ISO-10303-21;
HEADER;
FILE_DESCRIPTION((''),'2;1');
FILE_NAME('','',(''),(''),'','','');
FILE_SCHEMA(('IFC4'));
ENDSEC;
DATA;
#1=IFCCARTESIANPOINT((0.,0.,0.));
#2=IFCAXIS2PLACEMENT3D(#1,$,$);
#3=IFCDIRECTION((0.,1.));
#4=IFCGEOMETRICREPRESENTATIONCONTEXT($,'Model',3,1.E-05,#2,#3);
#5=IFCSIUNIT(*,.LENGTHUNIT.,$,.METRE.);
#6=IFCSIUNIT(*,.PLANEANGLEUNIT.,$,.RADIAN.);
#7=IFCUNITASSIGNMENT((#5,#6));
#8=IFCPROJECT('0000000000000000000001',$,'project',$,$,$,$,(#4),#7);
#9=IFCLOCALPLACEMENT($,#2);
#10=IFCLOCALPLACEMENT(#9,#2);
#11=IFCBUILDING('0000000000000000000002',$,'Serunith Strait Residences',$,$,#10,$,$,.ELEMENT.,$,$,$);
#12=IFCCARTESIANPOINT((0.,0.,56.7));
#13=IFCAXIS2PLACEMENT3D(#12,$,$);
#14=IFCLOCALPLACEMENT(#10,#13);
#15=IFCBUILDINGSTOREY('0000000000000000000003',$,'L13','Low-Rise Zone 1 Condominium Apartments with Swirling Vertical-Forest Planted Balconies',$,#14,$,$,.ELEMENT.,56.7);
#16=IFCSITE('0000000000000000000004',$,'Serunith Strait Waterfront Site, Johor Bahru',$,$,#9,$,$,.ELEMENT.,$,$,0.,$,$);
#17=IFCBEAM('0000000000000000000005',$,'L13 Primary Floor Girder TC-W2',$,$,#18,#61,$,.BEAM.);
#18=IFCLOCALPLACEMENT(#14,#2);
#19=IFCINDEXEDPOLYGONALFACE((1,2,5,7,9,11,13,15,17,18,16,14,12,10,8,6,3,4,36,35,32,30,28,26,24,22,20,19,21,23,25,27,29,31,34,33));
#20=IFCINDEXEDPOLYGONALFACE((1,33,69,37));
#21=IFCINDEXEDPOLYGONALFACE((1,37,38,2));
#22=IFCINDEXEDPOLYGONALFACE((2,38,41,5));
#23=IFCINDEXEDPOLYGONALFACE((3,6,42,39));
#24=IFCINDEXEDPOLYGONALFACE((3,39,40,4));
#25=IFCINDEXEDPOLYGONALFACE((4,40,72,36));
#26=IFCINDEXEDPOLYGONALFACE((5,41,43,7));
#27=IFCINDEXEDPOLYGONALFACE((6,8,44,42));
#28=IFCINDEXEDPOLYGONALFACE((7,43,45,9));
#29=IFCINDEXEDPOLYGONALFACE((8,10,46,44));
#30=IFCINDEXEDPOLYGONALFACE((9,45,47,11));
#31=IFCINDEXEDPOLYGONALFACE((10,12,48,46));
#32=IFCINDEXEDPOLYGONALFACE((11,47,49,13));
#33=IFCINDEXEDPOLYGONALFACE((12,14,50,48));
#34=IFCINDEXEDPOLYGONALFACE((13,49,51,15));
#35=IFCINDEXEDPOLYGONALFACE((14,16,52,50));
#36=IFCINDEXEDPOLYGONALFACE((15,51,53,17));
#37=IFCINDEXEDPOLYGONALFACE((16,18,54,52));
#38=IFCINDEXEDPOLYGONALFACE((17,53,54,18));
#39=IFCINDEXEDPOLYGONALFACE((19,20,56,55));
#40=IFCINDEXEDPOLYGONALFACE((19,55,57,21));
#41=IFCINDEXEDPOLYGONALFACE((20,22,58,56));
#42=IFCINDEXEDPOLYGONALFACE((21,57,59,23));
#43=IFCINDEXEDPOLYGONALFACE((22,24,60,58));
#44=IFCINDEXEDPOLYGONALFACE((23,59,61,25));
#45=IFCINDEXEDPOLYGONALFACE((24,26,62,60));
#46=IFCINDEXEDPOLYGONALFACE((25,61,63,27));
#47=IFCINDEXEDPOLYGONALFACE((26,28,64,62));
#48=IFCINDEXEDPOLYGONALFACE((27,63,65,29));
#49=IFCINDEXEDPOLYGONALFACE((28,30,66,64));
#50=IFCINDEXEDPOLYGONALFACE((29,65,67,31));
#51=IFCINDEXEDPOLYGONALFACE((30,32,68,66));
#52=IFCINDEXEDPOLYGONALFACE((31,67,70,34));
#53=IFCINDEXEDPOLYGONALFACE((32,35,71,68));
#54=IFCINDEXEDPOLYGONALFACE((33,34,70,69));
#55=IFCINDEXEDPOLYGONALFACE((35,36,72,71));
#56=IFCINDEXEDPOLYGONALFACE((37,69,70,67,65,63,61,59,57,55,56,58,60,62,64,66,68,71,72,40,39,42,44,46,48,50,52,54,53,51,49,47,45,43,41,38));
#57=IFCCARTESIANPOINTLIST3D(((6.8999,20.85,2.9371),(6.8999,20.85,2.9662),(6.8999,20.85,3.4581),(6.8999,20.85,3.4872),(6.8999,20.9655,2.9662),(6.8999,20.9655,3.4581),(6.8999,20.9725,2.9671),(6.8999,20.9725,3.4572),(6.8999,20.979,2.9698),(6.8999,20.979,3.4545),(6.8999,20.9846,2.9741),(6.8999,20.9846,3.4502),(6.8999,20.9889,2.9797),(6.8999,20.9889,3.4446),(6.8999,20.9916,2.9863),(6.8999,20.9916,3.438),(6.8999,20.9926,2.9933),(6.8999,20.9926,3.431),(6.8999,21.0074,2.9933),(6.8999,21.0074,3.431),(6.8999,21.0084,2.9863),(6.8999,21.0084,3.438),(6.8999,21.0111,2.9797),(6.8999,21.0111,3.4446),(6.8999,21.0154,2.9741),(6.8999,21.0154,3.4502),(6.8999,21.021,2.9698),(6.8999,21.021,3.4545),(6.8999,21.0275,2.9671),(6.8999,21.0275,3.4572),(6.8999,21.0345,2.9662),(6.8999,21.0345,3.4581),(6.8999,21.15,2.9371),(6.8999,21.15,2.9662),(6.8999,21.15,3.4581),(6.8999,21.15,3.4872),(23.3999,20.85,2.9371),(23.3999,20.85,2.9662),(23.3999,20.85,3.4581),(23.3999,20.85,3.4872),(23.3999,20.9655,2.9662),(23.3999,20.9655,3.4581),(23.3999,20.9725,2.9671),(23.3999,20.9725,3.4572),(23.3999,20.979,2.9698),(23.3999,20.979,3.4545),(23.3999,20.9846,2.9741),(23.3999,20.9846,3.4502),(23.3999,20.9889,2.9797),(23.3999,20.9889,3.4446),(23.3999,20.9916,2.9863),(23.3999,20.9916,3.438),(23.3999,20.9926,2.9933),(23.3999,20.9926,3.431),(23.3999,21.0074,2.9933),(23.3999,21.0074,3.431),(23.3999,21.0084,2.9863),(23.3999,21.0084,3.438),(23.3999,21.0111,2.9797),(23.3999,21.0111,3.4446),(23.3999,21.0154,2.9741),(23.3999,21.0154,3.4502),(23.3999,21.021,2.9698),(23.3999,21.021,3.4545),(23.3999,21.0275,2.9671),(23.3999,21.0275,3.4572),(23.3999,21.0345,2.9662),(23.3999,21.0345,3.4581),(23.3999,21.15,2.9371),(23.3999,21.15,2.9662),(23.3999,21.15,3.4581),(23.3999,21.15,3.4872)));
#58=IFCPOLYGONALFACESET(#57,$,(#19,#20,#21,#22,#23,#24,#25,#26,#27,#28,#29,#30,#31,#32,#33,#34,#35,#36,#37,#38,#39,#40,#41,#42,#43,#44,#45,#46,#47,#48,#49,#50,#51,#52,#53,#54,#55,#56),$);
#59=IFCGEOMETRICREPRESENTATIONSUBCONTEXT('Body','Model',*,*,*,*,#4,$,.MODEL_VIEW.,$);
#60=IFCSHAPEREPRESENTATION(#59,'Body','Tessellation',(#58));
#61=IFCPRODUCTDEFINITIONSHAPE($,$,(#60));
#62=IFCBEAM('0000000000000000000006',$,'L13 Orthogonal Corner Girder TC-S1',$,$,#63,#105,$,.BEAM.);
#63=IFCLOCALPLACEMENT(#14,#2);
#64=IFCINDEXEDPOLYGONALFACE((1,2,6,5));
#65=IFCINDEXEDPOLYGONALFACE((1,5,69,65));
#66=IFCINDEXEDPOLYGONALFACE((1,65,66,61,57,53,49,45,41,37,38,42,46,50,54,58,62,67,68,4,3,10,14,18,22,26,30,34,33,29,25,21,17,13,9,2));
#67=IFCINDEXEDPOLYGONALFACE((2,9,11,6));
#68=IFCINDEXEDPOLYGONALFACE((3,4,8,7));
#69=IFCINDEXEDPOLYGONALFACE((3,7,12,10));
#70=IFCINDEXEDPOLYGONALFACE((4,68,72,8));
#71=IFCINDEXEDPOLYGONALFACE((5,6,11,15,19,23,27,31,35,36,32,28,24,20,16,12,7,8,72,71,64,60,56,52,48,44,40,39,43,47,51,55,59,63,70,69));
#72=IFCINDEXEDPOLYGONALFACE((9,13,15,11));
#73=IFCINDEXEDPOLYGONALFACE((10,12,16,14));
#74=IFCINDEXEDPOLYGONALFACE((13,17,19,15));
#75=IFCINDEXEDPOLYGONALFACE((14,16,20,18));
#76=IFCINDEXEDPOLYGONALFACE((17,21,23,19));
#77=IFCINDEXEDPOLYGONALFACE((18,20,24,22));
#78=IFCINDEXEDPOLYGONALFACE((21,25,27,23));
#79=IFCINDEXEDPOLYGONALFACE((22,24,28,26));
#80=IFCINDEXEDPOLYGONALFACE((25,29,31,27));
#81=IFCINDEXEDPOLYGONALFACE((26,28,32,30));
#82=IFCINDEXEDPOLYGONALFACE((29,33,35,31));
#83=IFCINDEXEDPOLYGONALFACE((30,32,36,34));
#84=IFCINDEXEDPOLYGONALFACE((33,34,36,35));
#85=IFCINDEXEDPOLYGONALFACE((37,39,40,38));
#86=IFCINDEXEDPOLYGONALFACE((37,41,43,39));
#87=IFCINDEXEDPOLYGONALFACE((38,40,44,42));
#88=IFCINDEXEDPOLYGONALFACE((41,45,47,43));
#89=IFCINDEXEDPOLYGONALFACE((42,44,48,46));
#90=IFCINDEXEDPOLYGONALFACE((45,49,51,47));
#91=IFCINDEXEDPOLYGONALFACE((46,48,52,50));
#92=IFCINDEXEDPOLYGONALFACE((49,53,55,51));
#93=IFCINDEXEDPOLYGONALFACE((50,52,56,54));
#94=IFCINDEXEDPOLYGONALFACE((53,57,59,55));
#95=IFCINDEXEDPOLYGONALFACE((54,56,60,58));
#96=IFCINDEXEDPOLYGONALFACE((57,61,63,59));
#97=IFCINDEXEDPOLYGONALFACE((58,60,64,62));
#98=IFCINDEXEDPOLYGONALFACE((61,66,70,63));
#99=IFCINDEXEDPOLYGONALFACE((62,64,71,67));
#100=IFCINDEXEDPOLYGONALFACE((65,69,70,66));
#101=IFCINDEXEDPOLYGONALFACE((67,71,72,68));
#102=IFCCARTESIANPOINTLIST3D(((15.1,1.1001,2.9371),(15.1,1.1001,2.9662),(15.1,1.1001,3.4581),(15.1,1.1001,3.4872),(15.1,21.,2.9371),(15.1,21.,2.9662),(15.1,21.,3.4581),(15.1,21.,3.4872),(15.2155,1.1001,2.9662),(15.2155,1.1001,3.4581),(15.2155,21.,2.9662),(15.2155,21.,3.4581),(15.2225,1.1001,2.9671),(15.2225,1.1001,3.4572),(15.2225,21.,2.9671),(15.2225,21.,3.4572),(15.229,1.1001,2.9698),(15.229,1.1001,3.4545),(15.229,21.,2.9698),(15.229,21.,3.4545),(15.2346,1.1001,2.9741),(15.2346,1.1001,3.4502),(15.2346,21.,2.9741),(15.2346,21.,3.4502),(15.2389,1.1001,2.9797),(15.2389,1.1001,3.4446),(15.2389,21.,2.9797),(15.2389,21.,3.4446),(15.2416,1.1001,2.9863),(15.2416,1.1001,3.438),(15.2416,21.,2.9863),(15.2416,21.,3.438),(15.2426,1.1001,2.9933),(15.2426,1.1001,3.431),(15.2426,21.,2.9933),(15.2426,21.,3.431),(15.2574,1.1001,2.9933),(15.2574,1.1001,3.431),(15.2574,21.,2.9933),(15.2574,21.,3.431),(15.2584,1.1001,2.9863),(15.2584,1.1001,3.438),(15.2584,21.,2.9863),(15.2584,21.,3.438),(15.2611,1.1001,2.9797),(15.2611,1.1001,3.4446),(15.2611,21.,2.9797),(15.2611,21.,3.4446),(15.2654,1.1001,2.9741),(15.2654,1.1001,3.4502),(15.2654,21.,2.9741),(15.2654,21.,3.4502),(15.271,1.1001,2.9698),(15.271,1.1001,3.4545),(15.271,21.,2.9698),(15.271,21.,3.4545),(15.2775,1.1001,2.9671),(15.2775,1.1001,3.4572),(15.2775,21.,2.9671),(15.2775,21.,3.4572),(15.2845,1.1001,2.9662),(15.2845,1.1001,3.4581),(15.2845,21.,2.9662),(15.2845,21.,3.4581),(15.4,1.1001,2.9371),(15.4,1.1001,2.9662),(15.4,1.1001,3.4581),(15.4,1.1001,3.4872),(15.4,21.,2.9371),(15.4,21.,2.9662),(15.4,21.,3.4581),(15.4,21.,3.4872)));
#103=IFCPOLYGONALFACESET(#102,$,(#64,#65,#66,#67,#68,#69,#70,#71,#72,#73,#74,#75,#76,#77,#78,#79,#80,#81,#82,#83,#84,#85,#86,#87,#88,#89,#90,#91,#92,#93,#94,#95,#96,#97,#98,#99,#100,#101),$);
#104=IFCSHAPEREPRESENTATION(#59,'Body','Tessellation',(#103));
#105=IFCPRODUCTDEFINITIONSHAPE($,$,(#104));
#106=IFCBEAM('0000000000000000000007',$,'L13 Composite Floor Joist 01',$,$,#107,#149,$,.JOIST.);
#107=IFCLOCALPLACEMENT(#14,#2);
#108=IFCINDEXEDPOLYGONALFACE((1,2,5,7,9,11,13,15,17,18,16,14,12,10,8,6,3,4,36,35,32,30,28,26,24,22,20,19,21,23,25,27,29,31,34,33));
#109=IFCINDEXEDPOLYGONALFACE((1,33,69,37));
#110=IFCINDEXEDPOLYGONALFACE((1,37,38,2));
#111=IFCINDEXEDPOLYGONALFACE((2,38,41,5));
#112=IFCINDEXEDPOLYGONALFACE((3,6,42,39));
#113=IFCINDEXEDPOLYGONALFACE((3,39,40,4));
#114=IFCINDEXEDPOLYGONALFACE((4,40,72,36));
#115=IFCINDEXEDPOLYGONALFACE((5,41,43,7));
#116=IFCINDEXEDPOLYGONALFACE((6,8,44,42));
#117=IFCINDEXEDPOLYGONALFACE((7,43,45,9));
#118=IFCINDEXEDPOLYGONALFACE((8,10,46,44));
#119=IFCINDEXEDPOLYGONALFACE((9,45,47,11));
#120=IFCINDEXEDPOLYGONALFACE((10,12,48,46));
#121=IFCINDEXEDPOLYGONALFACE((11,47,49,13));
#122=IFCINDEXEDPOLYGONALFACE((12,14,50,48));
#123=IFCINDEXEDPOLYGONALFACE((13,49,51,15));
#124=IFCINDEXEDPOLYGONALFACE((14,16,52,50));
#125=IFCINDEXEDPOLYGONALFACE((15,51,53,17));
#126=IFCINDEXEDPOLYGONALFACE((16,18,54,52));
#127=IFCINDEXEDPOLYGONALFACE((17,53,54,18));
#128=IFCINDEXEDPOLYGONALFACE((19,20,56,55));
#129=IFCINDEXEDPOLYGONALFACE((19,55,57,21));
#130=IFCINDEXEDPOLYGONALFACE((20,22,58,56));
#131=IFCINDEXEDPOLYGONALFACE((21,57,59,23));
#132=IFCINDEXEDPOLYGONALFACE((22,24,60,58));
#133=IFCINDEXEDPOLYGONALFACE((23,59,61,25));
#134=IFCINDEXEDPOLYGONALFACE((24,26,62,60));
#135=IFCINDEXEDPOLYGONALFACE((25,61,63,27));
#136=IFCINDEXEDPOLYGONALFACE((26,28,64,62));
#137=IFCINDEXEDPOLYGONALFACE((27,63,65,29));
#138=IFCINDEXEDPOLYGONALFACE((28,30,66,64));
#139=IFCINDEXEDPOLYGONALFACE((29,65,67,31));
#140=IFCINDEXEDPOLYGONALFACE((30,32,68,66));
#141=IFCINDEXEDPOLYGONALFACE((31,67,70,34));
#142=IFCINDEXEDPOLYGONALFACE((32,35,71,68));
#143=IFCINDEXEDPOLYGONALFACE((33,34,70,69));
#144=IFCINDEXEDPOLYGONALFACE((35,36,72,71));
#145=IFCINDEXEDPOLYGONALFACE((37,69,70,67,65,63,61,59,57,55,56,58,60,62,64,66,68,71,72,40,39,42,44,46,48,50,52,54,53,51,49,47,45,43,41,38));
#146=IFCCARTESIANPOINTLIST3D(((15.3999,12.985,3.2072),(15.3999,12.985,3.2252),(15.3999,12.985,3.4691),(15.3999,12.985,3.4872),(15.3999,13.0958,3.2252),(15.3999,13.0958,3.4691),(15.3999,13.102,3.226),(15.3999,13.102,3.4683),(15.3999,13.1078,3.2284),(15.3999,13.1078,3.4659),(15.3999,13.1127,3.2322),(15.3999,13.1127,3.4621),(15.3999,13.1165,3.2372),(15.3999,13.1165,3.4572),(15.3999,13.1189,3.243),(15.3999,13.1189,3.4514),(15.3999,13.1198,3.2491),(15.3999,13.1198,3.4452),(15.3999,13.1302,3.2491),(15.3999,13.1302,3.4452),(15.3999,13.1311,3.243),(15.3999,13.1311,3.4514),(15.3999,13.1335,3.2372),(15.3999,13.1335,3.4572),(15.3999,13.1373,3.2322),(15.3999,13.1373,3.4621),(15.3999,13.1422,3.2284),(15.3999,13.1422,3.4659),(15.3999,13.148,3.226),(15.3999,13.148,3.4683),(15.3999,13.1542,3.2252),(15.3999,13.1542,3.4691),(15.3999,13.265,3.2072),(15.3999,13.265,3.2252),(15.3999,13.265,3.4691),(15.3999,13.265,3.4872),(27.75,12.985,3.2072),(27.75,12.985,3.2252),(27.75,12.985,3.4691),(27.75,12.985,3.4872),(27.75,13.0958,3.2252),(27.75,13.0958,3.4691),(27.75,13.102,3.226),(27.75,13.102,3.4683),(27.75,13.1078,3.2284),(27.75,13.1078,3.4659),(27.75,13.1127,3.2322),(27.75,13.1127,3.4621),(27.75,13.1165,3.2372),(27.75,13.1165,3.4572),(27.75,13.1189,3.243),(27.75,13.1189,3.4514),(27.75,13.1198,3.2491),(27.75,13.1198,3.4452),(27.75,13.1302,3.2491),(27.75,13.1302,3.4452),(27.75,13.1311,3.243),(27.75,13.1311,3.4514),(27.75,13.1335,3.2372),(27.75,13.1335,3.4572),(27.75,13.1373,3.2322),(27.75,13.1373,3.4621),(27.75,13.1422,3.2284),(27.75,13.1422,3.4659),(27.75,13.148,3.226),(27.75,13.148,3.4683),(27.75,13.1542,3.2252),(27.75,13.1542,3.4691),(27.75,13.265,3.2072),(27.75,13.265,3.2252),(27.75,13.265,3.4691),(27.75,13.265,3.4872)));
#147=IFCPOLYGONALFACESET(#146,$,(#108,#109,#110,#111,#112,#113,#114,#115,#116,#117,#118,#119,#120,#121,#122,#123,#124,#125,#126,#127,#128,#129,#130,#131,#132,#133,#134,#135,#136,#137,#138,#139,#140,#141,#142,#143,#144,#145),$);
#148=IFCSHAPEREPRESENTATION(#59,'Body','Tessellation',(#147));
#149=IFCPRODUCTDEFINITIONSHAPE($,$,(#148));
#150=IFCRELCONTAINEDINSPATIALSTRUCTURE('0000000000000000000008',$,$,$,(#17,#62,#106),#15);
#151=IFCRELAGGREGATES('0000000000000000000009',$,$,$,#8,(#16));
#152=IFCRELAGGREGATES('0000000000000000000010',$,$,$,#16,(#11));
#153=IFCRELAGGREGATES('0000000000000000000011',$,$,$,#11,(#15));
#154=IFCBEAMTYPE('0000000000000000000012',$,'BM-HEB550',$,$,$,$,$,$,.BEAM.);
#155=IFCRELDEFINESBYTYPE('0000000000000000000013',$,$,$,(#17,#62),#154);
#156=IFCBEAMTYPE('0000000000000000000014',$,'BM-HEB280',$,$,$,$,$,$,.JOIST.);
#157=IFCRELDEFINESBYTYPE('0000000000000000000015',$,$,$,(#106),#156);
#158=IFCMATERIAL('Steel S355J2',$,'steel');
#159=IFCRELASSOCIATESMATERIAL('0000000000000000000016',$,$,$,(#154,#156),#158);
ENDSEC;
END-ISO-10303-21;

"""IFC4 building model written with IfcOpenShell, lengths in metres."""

from ifc_helpers import new_model, si_unit, direction, frame, origin, origin_2d, place, context, subcontext, project, spatial, i_section, extrude, source, transform, mapped, material, material_profile, profile_set, type_object, element, save


model = new_model("IFC4")

# Units and contexts
model_context = context("Model", 3, precision=1e-05, world=origin(), true_north=direction((0.0, 1.0)))
body_context = subcontext(model_context, "Body", "Model", "MODEL_VIEW")
ifc_project = project(units=[si_unit("LENGTHUNIT", "METRE"), si_unit("PLANEANGLEUNIT", "RADIAN")], contexts=[model_context])

# Site, building, storey
site_placement = place(None, origin())
site = spatial("IfcSite", under=ifc_project, at=site_placement, Name="Serunith Strait Waterfront Site, Johor Bahru", CompositionType="ELEMENT", RefElevation=0.0)
building_placement = place(site_placement, origin())
building = spatial("IfcBuilding", under=site, at=building_placement, Name="Serunith Strait Residences", CompositionType="ELEMENT")
storey_placement = place(building_placement, frame((0.0, 0.0, 56.7)))
storey = spatial("IfcBuildingStorey", under=building, at=storey_placement, Name="L13", Description="Low-Rise Zone 1 Condominium Apartments with Swirling Vertical-Forest Planted Balconies", CompositionType="ELEMENT", Elevation=56.7)

# Beams
ifc_material_1 = material(Name="Steel S355J2", Category="steel")
ifc_material_profile_1 = material_profile(ifc_material_1, i_section(OverallWidth=0.3, OverallDepth=0.55, WebThickness=0.0149, FlangeThickness=0.0291, FilletRadius=0.0271, at=origin_2d()), Name="HEB 550")
ifc_profile_set_1 = profile_set([ifc_material_profile_1], Name="Steel S355J2")
beam_type_1 = type_object("IfcBeamType", Name="BM-HEB550", PredefinedType="BEAM", material=ifc_profile_set_1)
shared_shape_1 = source(origin(), body_context, "Body", "SweptSolid", [
    extrude(i_section(OverallWidth=0.3, OverallDepth=0.55, WebThickness=0.0149, FlangeThickness=0.0291, FilletRadius=0.0271, at=origin_2d()), origin(), (0.0, 0.0, 1.0), 16.5),
])
beam_1_placement = place(storey_placement, frame((23.3999, 21.0, 3.2122), z_axis=(-1.0, 0.0, 0.0), x_axis=(0.0, -1.0, 0.0)))
element("IfcBeam", 1, at=beam_1_placement, inside=storey, type_object=beam_type_1, Name="L13 Primary Floor Girder TC-W2", PredefinedType="BEAM", context=body_context, shape_type="MappedRepresentation", body=[
    mapped(shared_shape_1, transform((0.0, 0.0, 0.0), scale=1.0)),
])
shared_shape_2 = source(origin(), body_context, "Body", "SweptSolid", [
    extrude(i_section(OverallWidth=0.3, OverallDepth=0.55, WebThickness=0.0149, FlangeThickness=0.0291, FilletRadius=0.0271, at=origin_2d()), origin(), (0.0, 0.0, 1.0), 19.8999),
])
beam_2_placement = place(storey_placement, frame((15.25, 21.0, 3.2122), z_axis=(0.0, -1.0, 0.0), x_axis=(1.0, 0.0, 0.0)))
element("IfcBeam", 2, at=beam_2_placement, inside=storey, type_object=beam_type_1, Name="L13 Orthogonal Corner Girder TC-S1", PredefinedType="BEAM", context=body_context, shape_type="MappedRepresentation", body=[
    mapped(shared_shape_2, transform((0.0, 0.0, 0.0), scale=1.0)),
])
ifc_material_profile_2 = material_profile(ifc_material_1, i_section(OverallWidth=0.28, OverallDepth=0.28, WebThickness=0.0105, FlangeThickness=0.0181, FilletRadius=0.0239, at=origin_2d()), Name="HEB 280")
ifc_profile_set_2 = profile_set([ifc_material_profile_2], Name="Steel S355J2")
beam_type_2 = type_object("IfcBeamType", Name="BM-HEB280", PredefinedType="JOIST", material=ifc_profile_set_2)
shared_shape_3 = source(origin(), body_context, "Body", "SweptSolid", [
    extrude(i_section(OverallWidth=0.28, OverallDepth=0.28, WebThickness=0.0105, FlangeThickness=0.0181, FilletRadius=0.0239, at=origin_2d()), origin(), (0.0, 0.0, 1.0), 12.3501),
])
beam_3_placement = place(storey_placement, frame((15.3999, 13.125, 3.3472), z_axis=(1.0, 0.0, 0.0), x_axis=(0.0, 1.0, 0.0)))
element("IfcBeam", 3, at=beam_3_placement, inside=storey, type_object=beam_type_2, Name="L13 Composite Floor Joist 01", PredefinedType="JOIST", context=body_context, shape_type="MappedRepresentation", body=[
    mapped(shared_shape_3, transform((0.0, 0.0, 0.0), scale=1.0)),
])

save(model, "model.ifc")
